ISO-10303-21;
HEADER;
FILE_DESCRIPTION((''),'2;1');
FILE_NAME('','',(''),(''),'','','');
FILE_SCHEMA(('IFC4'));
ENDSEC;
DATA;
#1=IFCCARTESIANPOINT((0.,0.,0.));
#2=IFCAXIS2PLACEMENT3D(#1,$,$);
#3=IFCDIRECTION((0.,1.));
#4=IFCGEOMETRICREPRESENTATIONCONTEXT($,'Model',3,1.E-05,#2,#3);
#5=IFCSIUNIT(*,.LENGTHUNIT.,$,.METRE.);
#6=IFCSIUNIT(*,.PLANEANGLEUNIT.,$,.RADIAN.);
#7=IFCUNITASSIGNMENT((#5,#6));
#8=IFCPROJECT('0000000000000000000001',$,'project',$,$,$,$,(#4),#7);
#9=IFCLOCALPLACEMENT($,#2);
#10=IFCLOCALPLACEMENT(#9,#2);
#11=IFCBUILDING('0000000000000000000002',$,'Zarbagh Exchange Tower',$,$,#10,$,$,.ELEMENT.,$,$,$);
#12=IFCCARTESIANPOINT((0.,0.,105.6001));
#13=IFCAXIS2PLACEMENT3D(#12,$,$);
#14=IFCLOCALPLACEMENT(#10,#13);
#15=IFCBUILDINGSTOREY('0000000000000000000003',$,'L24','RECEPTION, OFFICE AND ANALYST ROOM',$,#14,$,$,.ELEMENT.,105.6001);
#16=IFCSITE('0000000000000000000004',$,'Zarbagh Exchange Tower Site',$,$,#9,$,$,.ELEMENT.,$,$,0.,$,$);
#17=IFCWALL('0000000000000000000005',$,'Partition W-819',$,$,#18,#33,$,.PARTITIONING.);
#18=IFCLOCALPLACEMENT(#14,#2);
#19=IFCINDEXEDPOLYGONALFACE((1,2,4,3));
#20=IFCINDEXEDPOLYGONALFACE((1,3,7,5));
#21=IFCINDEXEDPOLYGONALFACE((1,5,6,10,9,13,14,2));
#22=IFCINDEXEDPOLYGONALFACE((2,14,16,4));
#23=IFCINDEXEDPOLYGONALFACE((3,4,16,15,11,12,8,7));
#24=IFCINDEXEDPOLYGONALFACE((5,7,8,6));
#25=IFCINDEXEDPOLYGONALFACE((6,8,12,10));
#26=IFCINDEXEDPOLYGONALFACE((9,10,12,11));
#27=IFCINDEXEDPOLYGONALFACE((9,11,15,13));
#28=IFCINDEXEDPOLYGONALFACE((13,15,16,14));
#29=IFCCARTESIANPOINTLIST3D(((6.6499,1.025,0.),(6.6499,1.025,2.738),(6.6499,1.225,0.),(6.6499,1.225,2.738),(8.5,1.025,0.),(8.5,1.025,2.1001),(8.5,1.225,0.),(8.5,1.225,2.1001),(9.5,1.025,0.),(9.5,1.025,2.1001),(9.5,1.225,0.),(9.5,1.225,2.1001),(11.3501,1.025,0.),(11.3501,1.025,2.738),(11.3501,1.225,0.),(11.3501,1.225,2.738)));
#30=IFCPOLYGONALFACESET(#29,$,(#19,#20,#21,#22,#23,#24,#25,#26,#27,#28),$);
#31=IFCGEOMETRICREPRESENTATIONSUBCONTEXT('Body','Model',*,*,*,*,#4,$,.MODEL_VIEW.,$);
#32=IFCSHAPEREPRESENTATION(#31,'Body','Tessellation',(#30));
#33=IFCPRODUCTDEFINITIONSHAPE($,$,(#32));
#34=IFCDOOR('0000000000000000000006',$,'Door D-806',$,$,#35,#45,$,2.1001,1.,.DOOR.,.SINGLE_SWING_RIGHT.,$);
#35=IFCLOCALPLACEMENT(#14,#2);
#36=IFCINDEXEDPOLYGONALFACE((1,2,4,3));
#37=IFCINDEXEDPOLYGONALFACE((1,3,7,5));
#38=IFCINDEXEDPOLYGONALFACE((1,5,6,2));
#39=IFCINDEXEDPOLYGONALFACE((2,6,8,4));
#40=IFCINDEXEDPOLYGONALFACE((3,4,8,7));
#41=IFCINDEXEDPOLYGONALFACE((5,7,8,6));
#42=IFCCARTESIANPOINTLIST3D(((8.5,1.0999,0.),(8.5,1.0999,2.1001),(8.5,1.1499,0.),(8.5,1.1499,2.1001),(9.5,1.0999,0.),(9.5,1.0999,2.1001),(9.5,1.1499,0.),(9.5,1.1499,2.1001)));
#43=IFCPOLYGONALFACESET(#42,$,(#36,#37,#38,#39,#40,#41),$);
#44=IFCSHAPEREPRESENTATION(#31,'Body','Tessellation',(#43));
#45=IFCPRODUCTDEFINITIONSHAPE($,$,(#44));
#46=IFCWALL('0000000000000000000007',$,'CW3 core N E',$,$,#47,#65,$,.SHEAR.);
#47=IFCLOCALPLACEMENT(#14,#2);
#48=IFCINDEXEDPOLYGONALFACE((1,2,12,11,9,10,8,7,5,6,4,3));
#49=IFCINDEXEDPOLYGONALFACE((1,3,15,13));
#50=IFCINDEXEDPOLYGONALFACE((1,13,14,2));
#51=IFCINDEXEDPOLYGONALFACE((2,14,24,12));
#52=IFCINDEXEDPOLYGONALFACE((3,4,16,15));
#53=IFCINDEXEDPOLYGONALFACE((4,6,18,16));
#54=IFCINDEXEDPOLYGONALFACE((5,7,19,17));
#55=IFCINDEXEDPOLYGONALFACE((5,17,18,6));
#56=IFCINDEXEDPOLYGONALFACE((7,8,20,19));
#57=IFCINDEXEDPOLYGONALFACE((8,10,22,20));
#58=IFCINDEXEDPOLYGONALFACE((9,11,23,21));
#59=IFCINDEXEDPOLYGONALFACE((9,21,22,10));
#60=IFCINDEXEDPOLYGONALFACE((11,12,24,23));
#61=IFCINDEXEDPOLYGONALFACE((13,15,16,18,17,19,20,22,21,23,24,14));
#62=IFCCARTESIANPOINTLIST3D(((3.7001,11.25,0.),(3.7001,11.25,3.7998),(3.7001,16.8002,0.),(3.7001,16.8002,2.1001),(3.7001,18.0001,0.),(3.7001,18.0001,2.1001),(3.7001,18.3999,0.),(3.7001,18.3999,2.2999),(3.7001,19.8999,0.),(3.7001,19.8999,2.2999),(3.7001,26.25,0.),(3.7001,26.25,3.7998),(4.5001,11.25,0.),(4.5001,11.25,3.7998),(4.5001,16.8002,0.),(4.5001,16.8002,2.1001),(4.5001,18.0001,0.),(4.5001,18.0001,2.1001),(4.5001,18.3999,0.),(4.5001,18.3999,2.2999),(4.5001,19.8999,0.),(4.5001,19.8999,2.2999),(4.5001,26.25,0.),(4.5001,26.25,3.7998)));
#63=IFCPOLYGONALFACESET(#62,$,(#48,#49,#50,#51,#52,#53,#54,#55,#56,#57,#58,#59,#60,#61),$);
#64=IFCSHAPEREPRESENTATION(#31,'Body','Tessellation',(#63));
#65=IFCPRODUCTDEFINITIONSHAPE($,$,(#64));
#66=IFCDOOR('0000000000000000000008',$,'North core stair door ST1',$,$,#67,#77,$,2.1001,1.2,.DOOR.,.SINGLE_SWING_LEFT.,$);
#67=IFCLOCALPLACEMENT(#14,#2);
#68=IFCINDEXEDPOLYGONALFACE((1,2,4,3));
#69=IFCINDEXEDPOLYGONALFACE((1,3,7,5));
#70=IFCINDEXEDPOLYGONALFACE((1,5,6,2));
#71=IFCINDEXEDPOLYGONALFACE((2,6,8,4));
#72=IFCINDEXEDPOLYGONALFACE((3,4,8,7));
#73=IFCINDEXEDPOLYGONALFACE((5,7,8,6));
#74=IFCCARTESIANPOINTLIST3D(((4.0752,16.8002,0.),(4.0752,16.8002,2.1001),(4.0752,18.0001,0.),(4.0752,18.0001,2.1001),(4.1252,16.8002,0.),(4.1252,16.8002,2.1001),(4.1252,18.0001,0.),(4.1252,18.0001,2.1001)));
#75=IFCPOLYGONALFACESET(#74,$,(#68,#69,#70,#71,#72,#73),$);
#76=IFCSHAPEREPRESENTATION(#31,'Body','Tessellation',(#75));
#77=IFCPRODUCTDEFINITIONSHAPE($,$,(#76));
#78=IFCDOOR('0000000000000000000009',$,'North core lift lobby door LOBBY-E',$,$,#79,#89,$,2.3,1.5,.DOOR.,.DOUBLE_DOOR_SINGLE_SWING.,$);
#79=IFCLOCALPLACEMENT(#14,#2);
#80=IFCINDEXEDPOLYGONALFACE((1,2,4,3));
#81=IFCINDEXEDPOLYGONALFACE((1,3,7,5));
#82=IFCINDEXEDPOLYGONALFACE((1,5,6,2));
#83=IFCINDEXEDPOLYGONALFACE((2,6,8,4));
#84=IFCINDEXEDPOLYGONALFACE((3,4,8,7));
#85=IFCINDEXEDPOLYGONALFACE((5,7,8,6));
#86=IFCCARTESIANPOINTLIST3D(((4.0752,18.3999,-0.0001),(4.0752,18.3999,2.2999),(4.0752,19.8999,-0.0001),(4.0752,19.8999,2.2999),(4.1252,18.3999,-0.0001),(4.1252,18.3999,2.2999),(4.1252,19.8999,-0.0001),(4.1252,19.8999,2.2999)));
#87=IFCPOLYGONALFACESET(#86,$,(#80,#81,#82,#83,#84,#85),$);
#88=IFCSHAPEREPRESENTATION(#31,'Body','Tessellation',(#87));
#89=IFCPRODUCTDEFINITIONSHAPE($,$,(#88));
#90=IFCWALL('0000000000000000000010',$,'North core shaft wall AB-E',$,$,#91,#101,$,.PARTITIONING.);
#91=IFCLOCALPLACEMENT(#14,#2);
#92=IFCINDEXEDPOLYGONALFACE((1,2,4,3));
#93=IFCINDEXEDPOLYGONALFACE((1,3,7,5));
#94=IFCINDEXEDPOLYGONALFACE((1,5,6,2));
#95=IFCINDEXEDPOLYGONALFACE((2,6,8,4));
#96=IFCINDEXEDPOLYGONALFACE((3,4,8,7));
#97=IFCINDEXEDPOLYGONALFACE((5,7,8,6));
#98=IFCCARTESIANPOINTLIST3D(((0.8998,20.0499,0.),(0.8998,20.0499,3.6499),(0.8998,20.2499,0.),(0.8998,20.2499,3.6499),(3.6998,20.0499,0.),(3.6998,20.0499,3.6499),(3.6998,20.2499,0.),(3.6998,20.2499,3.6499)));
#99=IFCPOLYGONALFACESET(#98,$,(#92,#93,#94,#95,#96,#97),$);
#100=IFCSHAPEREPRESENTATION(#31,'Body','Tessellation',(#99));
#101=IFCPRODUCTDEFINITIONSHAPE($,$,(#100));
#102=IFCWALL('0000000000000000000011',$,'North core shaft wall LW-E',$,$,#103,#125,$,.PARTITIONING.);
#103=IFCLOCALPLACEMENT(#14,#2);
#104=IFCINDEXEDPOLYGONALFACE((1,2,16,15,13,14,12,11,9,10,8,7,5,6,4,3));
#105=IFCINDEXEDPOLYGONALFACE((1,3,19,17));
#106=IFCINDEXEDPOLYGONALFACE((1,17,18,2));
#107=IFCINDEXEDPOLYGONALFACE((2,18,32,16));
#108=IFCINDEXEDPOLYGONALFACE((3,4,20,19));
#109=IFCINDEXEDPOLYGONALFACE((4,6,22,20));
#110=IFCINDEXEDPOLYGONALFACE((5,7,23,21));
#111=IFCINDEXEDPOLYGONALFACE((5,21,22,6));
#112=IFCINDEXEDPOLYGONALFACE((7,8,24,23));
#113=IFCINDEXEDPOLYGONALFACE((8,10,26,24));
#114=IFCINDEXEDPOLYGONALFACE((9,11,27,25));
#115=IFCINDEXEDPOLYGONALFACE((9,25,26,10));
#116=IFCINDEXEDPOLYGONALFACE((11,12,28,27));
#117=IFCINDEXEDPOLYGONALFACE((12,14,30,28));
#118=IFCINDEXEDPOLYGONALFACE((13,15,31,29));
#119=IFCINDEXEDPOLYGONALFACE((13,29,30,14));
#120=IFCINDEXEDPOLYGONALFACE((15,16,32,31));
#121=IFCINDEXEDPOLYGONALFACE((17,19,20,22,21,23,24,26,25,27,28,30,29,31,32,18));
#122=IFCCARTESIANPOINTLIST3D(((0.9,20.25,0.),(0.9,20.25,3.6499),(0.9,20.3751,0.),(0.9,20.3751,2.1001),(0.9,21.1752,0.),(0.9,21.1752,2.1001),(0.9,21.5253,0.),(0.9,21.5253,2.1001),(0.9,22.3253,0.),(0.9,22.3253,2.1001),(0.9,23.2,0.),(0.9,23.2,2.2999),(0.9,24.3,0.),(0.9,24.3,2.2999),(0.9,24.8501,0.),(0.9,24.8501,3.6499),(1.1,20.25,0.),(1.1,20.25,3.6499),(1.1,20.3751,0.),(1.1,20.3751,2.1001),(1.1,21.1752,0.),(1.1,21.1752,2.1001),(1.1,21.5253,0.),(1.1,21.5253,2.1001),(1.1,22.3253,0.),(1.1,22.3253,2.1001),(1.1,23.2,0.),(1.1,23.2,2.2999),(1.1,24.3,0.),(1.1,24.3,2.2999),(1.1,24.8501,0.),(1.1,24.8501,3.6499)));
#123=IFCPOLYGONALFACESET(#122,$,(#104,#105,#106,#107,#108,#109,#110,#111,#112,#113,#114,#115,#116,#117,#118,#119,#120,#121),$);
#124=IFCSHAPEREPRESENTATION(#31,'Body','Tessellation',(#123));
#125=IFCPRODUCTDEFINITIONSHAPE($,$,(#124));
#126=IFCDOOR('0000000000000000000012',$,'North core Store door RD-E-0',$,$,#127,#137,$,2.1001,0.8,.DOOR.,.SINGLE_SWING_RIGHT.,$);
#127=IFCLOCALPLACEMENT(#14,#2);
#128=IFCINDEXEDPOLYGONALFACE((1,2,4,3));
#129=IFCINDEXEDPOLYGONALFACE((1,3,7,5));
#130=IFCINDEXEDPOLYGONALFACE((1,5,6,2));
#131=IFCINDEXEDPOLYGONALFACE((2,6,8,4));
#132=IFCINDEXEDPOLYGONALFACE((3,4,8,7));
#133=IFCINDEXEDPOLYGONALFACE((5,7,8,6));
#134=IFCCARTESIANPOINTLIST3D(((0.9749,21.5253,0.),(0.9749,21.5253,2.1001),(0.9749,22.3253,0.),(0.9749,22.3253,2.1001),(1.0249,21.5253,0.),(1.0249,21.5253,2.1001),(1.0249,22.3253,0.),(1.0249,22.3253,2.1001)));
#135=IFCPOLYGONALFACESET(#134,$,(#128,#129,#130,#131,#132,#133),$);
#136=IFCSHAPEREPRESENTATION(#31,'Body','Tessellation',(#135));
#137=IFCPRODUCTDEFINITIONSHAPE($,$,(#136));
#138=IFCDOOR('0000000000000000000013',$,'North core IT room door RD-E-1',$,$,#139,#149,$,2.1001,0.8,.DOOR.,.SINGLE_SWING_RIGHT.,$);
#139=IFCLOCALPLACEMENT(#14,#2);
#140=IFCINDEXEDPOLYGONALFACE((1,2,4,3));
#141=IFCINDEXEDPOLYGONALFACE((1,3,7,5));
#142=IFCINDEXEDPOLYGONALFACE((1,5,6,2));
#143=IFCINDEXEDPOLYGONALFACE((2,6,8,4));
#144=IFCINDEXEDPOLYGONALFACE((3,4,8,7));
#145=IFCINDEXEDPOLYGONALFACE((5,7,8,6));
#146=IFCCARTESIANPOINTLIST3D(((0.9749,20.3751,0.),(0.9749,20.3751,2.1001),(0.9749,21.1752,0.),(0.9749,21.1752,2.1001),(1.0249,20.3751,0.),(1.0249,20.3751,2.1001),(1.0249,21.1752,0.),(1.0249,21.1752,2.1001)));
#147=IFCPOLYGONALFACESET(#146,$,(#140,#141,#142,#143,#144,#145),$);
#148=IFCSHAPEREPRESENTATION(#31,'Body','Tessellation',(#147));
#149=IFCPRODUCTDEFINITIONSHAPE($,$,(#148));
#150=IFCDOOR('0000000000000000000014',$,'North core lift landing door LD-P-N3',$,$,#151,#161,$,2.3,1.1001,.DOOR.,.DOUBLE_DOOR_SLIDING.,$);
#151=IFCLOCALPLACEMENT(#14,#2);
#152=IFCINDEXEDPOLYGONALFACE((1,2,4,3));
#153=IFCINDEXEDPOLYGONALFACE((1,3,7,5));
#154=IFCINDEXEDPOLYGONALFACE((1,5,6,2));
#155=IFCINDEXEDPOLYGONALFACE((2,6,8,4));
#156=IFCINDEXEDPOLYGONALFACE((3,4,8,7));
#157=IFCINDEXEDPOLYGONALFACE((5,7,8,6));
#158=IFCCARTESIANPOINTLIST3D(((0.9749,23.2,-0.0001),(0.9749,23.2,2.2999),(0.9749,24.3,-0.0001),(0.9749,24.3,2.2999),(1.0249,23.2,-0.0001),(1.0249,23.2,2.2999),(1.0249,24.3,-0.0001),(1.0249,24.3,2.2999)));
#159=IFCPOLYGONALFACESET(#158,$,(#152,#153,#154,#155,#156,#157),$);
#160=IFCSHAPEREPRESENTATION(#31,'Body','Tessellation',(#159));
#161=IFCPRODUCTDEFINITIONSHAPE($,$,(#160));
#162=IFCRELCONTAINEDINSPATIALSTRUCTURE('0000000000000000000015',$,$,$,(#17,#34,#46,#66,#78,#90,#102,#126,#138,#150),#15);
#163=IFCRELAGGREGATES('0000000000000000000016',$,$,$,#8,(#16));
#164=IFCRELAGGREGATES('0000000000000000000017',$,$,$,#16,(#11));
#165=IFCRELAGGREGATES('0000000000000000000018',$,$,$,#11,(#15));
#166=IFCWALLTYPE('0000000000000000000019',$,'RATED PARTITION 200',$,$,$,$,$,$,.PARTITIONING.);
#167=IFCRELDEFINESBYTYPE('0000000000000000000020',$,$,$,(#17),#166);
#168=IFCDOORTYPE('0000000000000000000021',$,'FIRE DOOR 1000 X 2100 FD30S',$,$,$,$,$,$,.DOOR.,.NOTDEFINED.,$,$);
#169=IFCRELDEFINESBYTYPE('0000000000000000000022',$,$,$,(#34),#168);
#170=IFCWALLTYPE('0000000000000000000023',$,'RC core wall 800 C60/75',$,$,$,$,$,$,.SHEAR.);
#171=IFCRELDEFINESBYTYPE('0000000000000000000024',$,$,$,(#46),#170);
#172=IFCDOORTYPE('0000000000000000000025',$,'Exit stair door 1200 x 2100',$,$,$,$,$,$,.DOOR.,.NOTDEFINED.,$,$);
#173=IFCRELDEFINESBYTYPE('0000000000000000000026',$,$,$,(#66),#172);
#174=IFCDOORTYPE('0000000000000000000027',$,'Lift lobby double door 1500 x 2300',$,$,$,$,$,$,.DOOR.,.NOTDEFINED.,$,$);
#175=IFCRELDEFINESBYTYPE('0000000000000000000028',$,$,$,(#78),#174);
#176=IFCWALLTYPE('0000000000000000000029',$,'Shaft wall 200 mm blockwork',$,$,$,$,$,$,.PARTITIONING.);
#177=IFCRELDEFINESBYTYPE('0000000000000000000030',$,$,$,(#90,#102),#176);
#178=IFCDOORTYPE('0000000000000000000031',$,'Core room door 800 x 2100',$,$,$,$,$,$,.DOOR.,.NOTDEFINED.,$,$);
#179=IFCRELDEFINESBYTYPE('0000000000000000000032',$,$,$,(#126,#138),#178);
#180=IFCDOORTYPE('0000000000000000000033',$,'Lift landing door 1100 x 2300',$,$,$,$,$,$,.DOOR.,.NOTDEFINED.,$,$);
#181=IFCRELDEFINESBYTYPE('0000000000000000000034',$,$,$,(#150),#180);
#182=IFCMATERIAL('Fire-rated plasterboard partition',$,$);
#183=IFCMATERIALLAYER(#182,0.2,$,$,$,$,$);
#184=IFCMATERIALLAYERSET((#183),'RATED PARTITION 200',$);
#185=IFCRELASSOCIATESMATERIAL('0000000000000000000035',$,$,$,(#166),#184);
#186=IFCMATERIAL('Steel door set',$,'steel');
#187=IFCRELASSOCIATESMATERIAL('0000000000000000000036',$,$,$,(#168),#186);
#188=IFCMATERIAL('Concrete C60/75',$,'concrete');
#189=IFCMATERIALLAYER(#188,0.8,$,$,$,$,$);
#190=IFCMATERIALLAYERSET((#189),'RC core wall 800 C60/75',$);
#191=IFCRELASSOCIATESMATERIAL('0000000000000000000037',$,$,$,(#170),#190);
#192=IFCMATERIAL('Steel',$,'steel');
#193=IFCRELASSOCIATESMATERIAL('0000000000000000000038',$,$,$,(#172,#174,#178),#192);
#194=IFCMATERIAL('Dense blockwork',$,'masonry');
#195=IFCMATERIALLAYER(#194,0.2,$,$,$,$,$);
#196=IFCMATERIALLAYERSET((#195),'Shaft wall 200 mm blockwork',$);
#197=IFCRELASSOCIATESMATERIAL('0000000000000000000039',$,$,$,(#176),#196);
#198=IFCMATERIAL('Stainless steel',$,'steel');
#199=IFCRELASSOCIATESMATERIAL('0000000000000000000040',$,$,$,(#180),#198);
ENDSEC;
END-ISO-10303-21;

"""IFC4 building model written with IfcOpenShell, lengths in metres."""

from ifc_helpers import new_model, si_unit, direction, frame, frame_2d, origin, place, context, subcontext, project, spatial, rectangle, extrude, material, layer, layer_set, type_object, element, fill, save


model = new_model("IFC4")

# Units and contexts
model_context = context("Model", 3, precision=1e-05, world=origin(), true_north=direction((0.0, 1.0)))
body_context = subcontext(model_context, "Body", "Model", "MODEL_VIEW")
ifc_project = project(units=[si_unit("LENGTHUNIT", "METRE"), si_unit("PLANEANGLEUNIT", "RADIAN")], contexts=[model_context])

# Site, building, storey
site_placement = place(None, origin())
site = spatial("IfcSite", under=ifc_project, at=site_placement, Name="Zarbagh Exchange Tower Site", CompositionType="ELEMENT", RefElevation=0.0)
building_placement = place(site_placement, origin())
building = spatial("IfcBuilding", under=site, at=building_placement, Name="Zarbagh Exchange Tower", CompositionType="ELEMENT")
storey_placement = place(building_placement, frame((0.0, 0.0, 105.6001)))
storey = spatial("IfcBuildingStorey", under=building, at=storey_placement, Name="L24", Description="RECEPTION, OFFICE AND ANALYST ROOM", CompositionType="ELEMENT", Elevation=105.6001)

# Shared definitions
ifc_material_1 = material(Name="Concrete C60/75", Category="concrete")

# Shared definitions
ifc_material_2 = material(Name="Dense blockwork", Category="masonry")

# Shared definitions
ifc_material_3 = material(Name="Fire-rated plasterboard partition")
ifc_layer_1 = layer(ifc_material_3, 0.2)
ifc_layer_set_1 = layer_set([ifc_layer_1], Name="RATED PARTITION 200")
wall_type_1 = type_object("IfcWallType", Name="RATED PARTITION 200", PredefinedType="PARTITIONING", material=ifc_layer_set_1)
ifc_material_4 = material(Name="Steel door set", Category="steel")
door_type_1 = type_object("IfcDoorType", Name="FIRE DOOR 1000 X 2100 FD30S", OperationType="NOTDEFINED", PredefinedType="DOOR", material=ifc_material_4)

# Wall, opening, door
wall_1_placement = place(storey_placement, frame((6.6499, 1.125, 0.0), z_axis=(0.0, 0.0, 1.0), x_axis=(1.0, 0.0, 0.0)))
wall_1 = element("IfcWall", 1, at=wall_1_placement, inside=storey, type_object=wall_type_1, Name="Partition W-819", PredefinedType="PARTITIONING", context=body_context, shape_type="SweptSolid", body=[
    extrude(rectangle(XDim=4.7002, YDim=0.2, at=frame_2d((2.3501, 0.0))), origin(), (0.0, 0.0, 1.0), 2.738),
])
opening_1_placement = place(wall_1_placement, frame((1.8501, 0.0, 0.0)))
opening_1 = element("IfcOpeningElement", 2, at=opening_1_placement, cuts=wall_1, PredefinedType="OPENING", context=body_context, shape_type="SweptSolid", body=[
    extrude(rectangle(XDim=1.0, YDim=2.1001, at=frame_2d((0.5, 1.05))), frame((0.0, 0.1099, 0.0), z_axis=(0.0, -1.0, 0.0), x_axis=(1.0, 0.0, 0.0)), (0.0, 0.0, 1.0), 0.22),
])
door_1_placement = place(opening_1_placement, origin())
door_1 = element("IfcDoor", 3, at=door_1_placement, inside=storey, type_object=door_type_1, Name="Door D-806", OperationType="SINGLE_SWING_RIGHT", OverallHeight=2.1001, OverallWidth=1.0, PredefinedType="DOOR", context=body_context, shape_type="SweptSolid", body=[
    extrude(rectangle(XDim=1.0, YDim=2.1001, at=frame_2d((0.5, 1.05))), frame((0.0, 0.0249, 0.0), z_axis=(0.0, -1.0, 0.0), x_axis=(1.0, 0.0, 0.0)), (0.0, 0.0, 1.0), 0.05),
])
fill(opening_1, door_1)

# Wall, openings, doors
ifc_layer_2 = layer(ifc_material_1, 0.8)
ifc_layer_set_2 = layer_set([ifc_layer_2], Name="RC core wall 800 C60/75")
wall_type_2 = type_object("IfcWallType", Name="RC core wall 800 C60/75", PredefinedType="SHEAR", material=ifc_layer_set_2)
wall_2_placement = place(storey_placement, frame((4.1001, 11.25, 0.0), z_axis=(0.0, 0.0, 1.0), x_axis=(0.0, 1.0, 0.0)))
wall_2 = element("IfcWall", 4, at=wall_2_placement, inside=storey, type_object=wall_type_2, Name="CW3 core N E", PredefinedType="SHEAR", context=body_context, shape_type="SweptSolid", body=[
    extrude(rectangle(XDim=15.0, YDim=0.8, at=frame_2d((7.5, 0.0))), origin(), (0.0, 0.0, 1.0), 3.7998),
])
opening_2_placement = place(wall_2_placement, frame((7.1499, 0.0, 0.0)))
opening_2 = element("IfcOpeningElement", 5, at=opening_2_placement, cuts=wall_2, PredefinedType="OPENING", context=body_context, shape_type="SweptSolid", body=[
    extrude(rectangle(XDim=1.5, YDim=2.3, at=frame_2d((0.75, 1.1499))), frame((0.0, 0.4099, 0.0), z_axis=(0.0, -1.0, 0.0), x_axis=(1.0, 0.0, 0.0)), (0.0, 0.0, 1.0), 0.8201),
])
opening_3_placement = place(wall_2_placement, frame((5.55, 0.0, 0.0)))
opening_3 = element("IfcOpeningElement", 6, at=opening_3_placement, cuts=wall_2, PredefinedType="OPENING", context=body_context, shape_type="SweptSolid", body=[
    extrude(rectangle(XDim=1.2, YDim=2.1001, at=frame_2d((0.6001, 1.05))), frame((0.0, 0.4099, 0.0), z_axis=(0.0, -1.0, 0.0), x_axis=(1.0, 0.0, 0.0)), (0.0, 0.0, 1.0), 0.8201),
])
ifc_material_5 = material(Name="Steel", Category="steel")
door_type_2 = type_object("IfcDoorType", Name="Exit stair door 1200 x 2100", OperationType="NOTDEFINED", PredefinedType="DOOR", material=ifc_material_5)
door_2_placement = place(opening_3_placement, origin())
door_2 = element("IfcDoor", 7, at=door_2_placement, inside=storey, type_object=door_type_2, Name="North core stair door ST1", OperationType="SINGLE_SWING_LEFT", OverallHeight=2.1001, OverallWidth=1.2, PredefinedType="DOOR", context=body_context, shape_type="SweptSolid", body=[
    extrude(rectangle(XDim=1.2, YDim=2.1001, at=frame_2d((0.6001, 1.05))), frame((0.0, 0.0249, 0.0), z_axis=(0.0, -1.0, 0.0), x_axis=(1.0, 0.0, 0.0)), (0.0, 0.0, 1.0), 0.05),
])
fill(opening_3, door_2)
door_type_3 = type_object("IfcDoorType", Name="Lift lobby double door 1500 x 2300", OperationType="NOTDEFINED", PredefinedType="DOOR", material=ifc_material_5)
door_3_placement = place(opening_2_placement, origin())
door_3 = element("IfcDoor", 8, at=door_3_placement, inside=storey, type_object=door_type_3, Name="North core lift lobby door LOBBY-E", OperationType="DOUBLE_DOOR_SINGLE_SWING", OverallHeight=2.3, OverallWidth=1.5, PredefinedType="DOOR", context=body_context, shape_type="SweptSolid", body=[
    extrude(rectangle(XDim=1.5, YDim=2.3, at=frame_2d((0.75, 1.1499))), frame((0.0, 0.0249, 0.0), z_axis=(0.0, -1.0, 0.0), x_axis=(1.0, 0.0, 0.0)), (0.0, 0.0, 1.0), 0.05),
])
fill(opening_2, door_3)

# Wall
ifc_layer_3 = layer(ifc_material_2, 0.2)
ifc_layer_set_3 = layer_set([ifc_layer_3], Name="Shaft wall 200 mm blockwork")
wall_type_3 = type_object("IfcWallType", Name="Shaft wall 200 mm blockwork", PredefinedType="PARTITIONING", material=ifc_layer_set_3)
wall_3_placement = place(storey_placement, frame((0.8999, 20.1499, 0.0), z_axis=(0.0, 0.0, 1.0), x_axis=(1.0, 0.0, 0.0)))
element("IfcWall", 9, at=wall_3_placement, inside=storey, type_object=wall_type_3, Name="North core shaft wall AB-E", PredefinedType="PARTITIONING", context=body_context, shape_type="SweptSolid", body=[
    extrude(rectangle(XDim=2.8, YDim=0.2, at=frame_2d((1.3999, 0.0))), origin(), (0.0, 0.0, 1.0), 3.6499),
])

# Wall, openings, doors
wall_4_placement = place(storey_placement, frame((1.0, 24.8501, 0.0), z_axis=(0.0, 0.0, 1.0), x_axis=(0.0, -1.0, 0.0)))
wall_4 = element("IfcWall", 10, at=wall_4_placement, inside=storey, type_object=wall_type_3, Name="North core shaft wall LW-E", PredefinedType="PARTITIONING", context=body_context, shape_type="SweptSolid", body=[
    extrude(rectangle(XDim=4.6001, YDim=0.2, at=frame_2d((2.3, 0.0))), origin(), (0.0, 0.0, 1.0), 3.6499),
])
opening_4_placement = place(wall_4_placement, frame((0.55, 0.0, 0.0)))
opening_4 = element("IfcOpeningElement", 11, at=opening_4_placement, cuts=wall_4, PredefinedType="OPENING", context=body_context, shape_type="SweptSolid", body=[
    extrude(rectangle(XDim=1.1001, YDim=2.3, at=frame_2d((0.55, 1.1499))), frame((0.0, 0.1099, 0.0), z_axis=(0.0, -1.0, 0.0), x_axis=(1.0, 0.0, 0.0)), (0.0, 0.0, 1.0), 0.22),
])
opening_5_placement = place(wall_4_placement, frame((2.5249, 0.0, 0.0)))
opening_5 = element("IfcOpeningElement", 12, at=opening_5_placement, cuts=wall_4, PredefinedType="OPENING", context=body_context, shape_type="SweptSolid", body=[
    extrude(rectangle(XDim=0.8, YDim=2.1001, at=frame_2d((0.3999, 1.05))), frame((0.0, 0.1099, 0.0), z_axis=(0.0, -1.0, 0.0), x_axis=(1.0, 0.0, 0.0)), (0.0, 0.0, 1.0), 0.22),
])
opening_6_placement = place(wall_4_placement, frame((3.675, 0.0, 0.0)))
opening_6 = element("IfcOpeningElement", 13, at=opening_6_placement, cuts=wall_4, PredefinedType="OPENING", context=body_context, shape_type="SweptSolid", body=[
    extrude(rectangle(XDim=0.8, YDim=2.1001, at=frame_2d((0.3999, 1.05))), frame((0.0, 0.1099, 0.0), z_axis=(0.0, -1.0, 0.0), x_axis=(1.0, 0.0, 0.0)), (0.0, 0.0, 1.0), 0.22),
])
door_type_4 = type_object("IfcDoorType", Name="Core room door 800 x 2100", OperationType="NOTDEFINED", PredefinedType="DOOR", material=ifc_material_5)
door_4_placement = place(opening_5_placement, origin())
door_4 = element("IfcDoor", 14, at=door_4_placement, inside=storey, type_object=door_type_4, Name="North core Store door RD-E-0", OperationType="SINGLE_SWING_RIGHT", OverallHeight=2.1001, OverallWidth=0.8, PredefinedType="DOOR", context=body_context, shape_type="SweptSolid", body=[
    extrude(rectangle(XDim=0.8, YDim=2.1001, at=frame_2d((0.3999, 1.05))), frame((0.0, 0.0249, 0.0), z_axis=(0.0, -1.0, 0.0), x_axis=(1.0, 0.0, 0.0)), (0.0, 0.0, 1.0), 0.05),
])
fill(opening_5, door_4)
door_5_placement = place(opening_6_placement, origin())
door_5 = element("IfcDoor", 15, at=door_5_placement, inside=storey, type_object=door_type_4, Name="North core IT room door RD-E-1", OperationType="SINGLE_SWING_RIGHT", OverallHeight=2.1001, OverallWidth=0.8, PredefinedType="DOOR", context=body_context, shape_type="SweptSolid", body=[
    extrude(rectangle(XDim=0.8, YDim=2.1001, at=frame_2d((0.3999, 1.05))), frame((0.0, 0.0249, 0.0), z_axis=(0.0, -1.0, 0.0), x_axis=(1.0, 0.0, 0.0)), (0.0, 0.0, 1.0), 0.05),
])
fill(opening_6, door_5)
ifc_material_6 = material(Name="Stainless steel", Category="steel")
door_type_5 = type_object("IfcDoorType", Name="Lift landing door 1100 x 2300", OperationType="NOTDEFINED", PredefinedType="DOOR", material=ifc_material_6)
door_6_placement = place(opening_4_placement, origin())
door_6 = element("IfcDoor", 16, at=door_6_placement, inside=storey, type_object=door_type_5, Name="North core lift landing door LD-P-N3", OperationType="DOUBLE_DOOR_SLIDING", OverallHeight=2.3, OverallWidth=1.1001, PredefinedType="DOOR", context=body_context, shape_type="SweptSolid", body=[
    extrude(rectangle(XDim=1.1001, YDim=2.3, at=frame_2d((0.55, 1.1499))), frame((0.0, 0.0249, 0.0), z_axis=(0.0, -1.0, 0.0), x_axis=(1.0, 0.0, 0.0)), (0.0, 0.0, 1.0), 0.05),
])
fill(opening_4, door_6)

save(model, "model.ifc")
